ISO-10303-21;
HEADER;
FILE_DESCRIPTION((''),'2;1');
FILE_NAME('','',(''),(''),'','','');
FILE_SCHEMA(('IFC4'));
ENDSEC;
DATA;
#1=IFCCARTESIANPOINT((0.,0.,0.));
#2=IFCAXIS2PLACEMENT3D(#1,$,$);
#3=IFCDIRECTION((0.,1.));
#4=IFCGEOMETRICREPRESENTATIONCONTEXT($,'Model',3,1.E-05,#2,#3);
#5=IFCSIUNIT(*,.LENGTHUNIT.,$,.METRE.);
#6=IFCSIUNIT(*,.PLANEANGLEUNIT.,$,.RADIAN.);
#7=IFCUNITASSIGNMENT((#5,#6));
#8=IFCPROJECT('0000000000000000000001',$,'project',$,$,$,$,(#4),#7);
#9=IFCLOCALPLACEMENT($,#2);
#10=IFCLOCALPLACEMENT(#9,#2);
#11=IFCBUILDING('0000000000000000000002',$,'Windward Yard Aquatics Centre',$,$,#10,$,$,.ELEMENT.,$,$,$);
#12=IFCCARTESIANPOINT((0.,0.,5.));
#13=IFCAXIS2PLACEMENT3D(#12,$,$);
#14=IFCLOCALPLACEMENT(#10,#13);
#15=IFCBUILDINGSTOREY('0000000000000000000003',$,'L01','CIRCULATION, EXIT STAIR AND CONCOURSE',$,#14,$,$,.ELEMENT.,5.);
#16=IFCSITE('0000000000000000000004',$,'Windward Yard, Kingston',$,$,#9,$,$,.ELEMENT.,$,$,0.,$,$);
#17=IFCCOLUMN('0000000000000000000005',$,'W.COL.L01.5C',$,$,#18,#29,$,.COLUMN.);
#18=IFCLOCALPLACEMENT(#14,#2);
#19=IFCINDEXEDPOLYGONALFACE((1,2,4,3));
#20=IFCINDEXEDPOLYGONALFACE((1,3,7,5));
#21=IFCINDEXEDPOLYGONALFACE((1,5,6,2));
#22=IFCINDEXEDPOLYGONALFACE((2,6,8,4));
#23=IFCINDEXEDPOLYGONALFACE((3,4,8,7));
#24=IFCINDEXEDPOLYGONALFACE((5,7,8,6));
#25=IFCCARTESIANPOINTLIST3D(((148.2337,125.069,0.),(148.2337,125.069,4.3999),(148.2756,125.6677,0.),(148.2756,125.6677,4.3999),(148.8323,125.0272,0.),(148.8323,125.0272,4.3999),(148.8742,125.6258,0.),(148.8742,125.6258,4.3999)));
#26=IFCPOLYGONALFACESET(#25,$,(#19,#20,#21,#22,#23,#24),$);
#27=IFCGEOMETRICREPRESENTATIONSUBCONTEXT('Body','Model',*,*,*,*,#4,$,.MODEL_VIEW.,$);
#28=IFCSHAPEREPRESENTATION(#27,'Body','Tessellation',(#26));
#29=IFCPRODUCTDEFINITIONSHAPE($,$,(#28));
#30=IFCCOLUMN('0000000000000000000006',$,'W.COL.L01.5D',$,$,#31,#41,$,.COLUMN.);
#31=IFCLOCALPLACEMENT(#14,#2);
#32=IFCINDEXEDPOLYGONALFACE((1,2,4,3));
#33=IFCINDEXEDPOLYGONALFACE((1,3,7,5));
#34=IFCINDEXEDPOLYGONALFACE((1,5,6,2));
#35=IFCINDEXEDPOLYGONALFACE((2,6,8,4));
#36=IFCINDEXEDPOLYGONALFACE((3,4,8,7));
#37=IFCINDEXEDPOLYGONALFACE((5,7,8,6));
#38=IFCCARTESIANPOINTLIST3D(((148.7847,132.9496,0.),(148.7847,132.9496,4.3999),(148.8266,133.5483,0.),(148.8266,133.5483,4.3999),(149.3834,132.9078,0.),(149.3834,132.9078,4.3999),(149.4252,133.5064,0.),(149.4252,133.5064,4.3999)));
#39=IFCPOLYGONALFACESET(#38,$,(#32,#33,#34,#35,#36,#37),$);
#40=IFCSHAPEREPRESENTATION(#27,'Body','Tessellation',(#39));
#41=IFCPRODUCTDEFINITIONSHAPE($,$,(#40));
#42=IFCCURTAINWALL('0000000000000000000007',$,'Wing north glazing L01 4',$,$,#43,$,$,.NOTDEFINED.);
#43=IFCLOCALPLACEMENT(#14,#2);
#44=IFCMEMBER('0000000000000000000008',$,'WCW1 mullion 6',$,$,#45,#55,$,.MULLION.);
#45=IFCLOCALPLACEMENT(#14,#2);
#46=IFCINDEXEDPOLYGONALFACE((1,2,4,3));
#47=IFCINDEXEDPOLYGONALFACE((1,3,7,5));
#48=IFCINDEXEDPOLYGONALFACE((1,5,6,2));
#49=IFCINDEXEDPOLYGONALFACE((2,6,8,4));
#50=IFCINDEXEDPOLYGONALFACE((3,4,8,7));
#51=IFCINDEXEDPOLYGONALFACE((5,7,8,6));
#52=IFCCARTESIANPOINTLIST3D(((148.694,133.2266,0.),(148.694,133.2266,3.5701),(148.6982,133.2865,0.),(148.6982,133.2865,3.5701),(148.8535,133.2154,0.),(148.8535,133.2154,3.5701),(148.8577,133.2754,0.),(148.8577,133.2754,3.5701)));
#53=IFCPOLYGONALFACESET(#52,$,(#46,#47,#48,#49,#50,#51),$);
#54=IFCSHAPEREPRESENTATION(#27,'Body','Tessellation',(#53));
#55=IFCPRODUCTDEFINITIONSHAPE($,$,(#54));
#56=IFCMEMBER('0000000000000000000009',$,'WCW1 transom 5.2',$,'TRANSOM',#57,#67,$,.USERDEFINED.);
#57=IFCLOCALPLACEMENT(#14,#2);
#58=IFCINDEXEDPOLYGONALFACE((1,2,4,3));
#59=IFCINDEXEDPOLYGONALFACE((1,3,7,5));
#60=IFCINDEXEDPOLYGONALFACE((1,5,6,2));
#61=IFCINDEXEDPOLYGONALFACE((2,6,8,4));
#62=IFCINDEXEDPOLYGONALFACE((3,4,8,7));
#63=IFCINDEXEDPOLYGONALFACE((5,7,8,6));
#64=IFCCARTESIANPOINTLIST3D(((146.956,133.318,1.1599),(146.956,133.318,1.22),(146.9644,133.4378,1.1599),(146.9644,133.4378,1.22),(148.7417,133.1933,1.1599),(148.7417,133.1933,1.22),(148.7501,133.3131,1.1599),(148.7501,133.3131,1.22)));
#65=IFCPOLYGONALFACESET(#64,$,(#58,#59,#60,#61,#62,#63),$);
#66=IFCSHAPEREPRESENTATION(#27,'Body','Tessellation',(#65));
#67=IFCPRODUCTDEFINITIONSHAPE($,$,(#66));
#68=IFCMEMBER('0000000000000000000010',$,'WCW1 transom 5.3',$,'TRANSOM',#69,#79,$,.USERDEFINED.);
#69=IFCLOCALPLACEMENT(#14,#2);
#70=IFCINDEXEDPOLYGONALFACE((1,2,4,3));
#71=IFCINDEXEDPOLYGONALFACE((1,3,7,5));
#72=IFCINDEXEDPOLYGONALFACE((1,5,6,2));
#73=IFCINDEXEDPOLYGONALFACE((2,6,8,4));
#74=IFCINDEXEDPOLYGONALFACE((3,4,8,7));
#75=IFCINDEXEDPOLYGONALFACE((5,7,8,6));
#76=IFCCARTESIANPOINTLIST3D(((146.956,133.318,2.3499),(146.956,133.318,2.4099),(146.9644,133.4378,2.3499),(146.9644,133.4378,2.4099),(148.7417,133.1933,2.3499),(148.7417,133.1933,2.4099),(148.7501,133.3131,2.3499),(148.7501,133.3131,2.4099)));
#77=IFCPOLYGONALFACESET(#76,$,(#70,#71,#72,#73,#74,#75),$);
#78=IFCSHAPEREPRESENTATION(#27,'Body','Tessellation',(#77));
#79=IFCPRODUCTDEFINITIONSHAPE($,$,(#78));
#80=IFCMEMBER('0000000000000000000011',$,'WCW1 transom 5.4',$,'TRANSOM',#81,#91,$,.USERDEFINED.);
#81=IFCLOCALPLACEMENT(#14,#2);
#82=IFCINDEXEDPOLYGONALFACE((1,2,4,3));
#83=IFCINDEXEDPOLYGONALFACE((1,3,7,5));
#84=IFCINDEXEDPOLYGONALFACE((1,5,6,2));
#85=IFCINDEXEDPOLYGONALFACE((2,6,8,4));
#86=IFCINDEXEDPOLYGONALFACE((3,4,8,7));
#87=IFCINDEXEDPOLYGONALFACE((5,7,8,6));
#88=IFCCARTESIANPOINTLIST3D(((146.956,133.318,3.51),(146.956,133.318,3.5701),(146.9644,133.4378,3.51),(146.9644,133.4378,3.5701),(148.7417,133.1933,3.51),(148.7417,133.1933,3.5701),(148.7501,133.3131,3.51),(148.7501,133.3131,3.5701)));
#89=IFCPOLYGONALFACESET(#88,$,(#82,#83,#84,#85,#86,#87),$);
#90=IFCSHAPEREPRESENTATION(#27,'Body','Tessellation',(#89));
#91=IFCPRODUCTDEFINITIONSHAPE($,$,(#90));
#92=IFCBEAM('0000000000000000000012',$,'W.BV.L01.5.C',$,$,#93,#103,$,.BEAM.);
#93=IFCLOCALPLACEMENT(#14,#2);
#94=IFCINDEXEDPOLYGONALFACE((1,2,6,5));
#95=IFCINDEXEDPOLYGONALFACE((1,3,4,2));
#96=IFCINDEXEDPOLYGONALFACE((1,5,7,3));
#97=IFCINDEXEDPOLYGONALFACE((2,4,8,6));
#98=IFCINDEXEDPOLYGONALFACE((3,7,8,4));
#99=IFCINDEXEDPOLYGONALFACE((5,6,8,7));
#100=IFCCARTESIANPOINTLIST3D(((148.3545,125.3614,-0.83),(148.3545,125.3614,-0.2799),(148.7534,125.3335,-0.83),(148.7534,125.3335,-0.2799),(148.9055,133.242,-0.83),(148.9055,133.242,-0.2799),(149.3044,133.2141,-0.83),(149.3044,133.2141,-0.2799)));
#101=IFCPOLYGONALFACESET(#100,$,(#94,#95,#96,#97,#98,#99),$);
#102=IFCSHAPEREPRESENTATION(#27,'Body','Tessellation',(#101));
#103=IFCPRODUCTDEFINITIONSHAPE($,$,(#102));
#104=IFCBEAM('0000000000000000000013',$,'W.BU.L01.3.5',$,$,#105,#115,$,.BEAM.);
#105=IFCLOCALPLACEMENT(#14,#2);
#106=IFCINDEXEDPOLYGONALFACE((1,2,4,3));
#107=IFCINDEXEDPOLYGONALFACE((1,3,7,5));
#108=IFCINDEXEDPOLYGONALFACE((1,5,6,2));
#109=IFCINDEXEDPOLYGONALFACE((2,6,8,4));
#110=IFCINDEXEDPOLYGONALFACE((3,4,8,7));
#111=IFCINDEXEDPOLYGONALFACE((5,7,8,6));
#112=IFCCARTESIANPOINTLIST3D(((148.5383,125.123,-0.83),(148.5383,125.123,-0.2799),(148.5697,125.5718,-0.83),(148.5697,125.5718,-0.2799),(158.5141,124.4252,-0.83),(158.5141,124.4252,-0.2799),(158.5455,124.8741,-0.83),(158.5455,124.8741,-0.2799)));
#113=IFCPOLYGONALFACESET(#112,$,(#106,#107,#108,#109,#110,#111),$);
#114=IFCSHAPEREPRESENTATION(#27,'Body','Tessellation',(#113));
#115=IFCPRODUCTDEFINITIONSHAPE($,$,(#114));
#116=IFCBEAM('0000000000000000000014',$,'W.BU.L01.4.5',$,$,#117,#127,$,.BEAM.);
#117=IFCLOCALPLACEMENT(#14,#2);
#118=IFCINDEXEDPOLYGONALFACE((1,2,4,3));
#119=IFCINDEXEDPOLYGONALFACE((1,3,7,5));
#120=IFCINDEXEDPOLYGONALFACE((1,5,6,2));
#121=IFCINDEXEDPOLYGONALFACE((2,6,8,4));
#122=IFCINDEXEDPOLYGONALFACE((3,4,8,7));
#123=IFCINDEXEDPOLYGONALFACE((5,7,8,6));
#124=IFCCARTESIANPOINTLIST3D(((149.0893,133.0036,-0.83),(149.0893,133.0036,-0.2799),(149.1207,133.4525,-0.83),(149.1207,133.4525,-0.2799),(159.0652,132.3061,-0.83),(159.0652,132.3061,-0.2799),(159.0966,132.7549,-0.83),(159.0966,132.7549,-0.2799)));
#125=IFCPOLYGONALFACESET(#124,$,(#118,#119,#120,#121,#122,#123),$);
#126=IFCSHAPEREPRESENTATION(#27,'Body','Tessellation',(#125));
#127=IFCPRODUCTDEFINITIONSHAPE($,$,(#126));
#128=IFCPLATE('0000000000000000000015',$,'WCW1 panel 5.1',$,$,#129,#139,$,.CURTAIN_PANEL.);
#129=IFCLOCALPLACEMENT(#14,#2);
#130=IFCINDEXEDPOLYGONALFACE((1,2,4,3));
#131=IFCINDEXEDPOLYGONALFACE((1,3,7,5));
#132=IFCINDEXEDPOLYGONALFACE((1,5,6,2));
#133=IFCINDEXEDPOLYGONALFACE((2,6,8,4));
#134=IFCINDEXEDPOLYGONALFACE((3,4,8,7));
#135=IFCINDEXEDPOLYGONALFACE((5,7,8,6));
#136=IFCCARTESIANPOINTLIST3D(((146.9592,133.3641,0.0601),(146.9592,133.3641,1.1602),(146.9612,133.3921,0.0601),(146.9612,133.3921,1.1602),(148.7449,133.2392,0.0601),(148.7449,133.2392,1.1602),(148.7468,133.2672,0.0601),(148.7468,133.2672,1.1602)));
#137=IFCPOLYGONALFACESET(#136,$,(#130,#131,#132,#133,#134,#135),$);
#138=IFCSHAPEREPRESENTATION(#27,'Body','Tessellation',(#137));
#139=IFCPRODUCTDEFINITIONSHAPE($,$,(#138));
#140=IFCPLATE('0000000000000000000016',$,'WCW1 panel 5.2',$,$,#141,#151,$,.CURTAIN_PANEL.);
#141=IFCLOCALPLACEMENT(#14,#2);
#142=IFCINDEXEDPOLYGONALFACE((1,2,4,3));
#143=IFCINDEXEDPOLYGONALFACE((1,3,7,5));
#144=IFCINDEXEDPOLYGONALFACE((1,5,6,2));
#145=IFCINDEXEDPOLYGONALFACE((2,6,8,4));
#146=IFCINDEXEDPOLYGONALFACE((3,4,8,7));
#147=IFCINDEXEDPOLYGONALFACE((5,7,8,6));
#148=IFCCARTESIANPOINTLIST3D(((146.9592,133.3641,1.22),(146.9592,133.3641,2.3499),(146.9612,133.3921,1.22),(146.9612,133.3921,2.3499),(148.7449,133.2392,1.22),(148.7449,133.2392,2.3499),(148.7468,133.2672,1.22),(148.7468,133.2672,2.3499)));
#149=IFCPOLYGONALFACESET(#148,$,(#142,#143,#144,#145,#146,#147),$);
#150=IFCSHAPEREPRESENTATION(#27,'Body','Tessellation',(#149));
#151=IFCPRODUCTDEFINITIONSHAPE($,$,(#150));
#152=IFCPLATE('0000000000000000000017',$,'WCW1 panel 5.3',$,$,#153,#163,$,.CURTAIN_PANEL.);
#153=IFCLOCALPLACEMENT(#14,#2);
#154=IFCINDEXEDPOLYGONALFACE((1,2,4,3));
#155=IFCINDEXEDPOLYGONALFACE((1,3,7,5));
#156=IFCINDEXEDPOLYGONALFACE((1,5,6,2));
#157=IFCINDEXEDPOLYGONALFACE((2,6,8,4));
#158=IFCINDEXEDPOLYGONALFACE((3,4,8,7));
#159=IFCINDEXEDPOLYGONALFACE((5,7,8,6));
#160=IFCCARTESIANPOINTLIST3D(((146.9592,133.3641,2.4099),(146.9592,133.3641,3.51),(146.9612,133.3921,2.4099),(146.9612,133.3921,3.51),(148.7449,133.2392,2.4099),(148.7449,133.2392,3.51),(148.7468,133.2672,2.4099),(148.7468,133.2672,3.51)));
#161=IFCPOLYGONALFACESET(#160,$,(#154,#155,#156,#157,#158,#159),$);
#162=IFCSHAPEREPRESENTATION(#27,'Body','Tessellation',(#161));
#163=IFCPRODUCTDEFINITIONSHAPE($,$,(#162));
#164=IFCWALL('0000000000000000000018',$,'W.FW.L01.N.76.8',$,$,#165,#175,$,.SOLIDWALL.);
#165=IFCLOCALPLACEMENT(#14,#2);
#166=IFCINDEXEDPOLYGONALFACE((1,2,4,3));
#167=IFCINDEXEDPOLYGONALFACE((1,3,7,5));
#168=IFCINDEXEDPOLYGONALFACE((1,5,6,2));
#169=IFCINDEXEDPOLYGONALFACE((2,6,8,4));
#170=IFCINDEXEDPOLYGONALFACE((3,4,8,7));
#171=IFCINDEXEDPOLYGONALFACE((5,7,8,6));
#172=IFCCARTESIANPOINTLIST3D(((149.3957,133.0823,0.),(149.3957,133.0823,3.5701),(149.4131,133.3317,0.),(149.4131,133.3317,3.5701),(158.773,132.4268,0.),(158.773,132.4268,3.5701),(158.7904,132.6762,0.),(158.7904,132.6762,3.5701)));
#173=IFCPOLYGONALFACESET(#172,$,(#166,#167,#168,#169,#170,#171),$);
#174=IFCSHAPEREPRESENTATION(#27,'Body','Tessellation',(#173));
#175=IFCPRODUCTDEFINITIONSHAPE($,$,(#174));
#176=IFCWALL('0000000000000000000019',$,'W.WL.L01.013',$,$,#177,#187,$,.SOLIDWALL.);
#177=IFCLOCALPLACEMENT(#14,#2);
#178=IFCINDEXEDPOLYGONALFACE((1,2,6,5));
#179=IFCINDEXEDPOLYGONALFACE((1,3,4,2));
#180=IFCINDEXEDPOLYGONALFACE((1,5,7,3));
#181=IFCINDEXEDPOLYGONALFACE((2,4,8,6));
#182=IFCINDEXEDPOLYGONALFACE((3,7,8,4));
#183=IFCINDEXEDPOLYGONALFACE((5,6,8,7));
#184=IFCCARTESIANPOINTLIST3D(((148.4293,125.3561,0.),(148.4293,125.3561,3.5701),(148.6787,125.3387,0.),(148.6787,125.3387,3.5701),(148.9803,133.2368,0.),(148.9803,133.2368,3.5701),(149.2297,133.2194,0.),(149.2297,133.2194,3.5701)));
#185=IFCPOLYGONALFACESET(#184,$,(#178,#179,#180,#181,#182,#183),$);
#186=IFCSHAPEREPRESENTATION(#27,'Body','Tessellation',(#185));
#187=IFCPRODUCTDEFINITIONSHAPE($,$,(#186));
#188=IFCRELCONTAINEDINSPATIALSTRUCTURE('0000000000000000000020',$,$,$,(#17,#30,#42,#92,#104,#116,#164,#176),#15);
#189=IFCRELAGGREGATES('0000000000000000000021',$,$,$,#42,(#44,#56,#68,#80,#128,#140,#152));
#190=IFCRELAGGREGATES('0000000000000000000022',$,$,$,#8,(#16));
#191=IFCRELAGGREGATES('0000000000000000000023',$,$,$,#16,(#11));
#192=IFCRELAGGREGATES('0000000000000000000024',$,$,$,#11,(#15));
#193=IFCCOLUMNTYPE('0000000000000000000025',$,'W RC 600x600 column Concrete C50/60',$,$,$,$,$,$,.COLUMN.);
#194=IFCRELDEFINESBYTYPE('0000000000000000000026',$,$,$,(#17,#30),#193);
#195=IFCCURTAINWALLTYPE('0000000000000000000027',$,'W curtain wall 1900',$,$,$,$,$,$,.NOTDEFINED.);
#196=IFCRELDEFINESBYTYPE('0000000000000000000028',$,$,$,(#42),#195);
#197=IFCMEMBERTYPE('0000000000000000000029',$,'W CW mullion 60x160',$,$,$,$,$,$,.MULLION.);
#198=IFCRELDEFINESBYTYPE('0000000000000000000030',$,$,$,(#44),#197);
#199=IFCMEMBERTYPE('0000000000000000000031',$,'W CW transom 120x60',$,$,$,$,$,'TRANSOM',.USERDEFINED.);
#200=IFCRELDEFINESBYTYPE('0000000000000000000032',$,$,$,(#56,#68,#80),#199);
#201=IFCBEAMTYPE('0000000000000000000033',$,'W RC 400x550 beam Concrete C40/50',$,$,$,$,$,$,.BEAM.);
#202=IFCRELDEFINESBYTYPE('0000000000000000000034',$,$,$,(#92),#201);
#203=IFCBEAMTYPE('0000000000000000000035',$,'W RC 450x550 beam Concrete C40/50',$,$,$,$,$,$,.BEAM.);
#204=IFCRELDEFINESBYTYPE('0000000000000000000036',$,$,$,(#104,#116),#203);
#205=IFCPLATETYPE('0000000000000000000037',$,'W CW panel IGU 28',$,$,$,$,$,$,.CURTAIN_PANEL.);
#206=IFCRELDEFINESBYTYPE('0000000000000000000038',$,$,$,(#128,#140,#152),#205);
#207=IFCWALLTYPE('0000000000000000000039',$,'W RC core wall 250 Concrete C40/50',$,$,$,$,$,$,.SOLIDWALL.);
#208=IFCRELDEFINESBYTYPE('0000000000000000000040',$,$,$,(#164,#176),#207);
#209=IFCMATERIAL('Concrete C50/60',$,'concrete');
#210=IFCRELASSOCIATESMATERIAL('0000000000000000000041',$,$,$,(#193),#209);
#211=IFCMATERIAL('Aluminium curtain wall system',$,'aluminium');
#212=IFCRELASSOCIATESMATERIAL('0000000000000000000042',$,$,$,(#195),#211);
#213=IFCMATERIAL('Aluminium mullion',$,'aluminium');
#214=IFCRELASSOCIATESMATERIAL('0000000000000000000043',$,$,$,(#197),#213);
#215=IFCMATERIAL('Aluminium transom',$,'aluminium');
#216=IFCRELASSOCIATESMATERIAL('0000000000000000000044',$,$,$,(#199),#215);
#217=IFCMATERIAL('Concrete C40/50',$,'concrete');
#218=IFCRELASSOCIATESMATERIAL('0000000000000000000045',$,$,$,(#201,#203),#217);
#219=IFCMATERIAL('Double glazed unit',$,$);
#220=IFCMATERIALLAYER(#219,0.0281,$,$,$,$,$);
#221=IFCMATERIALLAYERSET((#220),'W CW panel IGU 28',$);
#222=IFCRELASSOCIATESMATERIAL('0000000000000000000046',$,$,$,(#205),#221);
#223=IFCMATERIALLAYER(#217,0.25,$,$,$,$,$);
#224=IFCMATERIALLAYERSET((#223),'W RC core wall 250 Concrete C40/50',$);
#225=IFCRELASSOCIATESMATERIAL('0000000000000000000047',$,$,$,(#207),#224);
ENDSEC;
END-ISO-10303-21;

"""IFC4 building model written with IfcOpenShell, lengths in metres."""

from ifc_helpers import new_model, si_unit, direction, frame, frame_2d, origin, origin_2d, place, context, subcontext, project, spatial, rectangle, extrude, material, layer, layer_set, material_profile, profile_set, type_object, element, aggregate, save


model = new_model("IFC4")

# Units and contexts
model_context = context("Model", 3, precision=1e-05, world=origin(), true_north=direction((0.0, 1.0)))
body_context = subcontext(model_context, "Body", "Model", "MODEL_VIEW")
ifc_project = project(units=[si_unit("LENGTHUNIT", "METRE"), si_unit("PLANEANGLEUNIT", "RADIAN")], contexts=[model_context])

# Site, building, storey
site_placement = place(None, origin())
site = spatial("IfcSite", under=ifc_project, at=site_placement, Name="Windward Yard, Kingston", CompositionType="ELEMENT", RefElevation=0.0)
building_placement = place(site_placement, origin())
building = spatial("IfcBuilding", under=site, at=building_placement, Name="Windward Yard Aquatics Centre", CompositionType="ELEMENT")
storey_placement = place(building_placement, frame((0.0, 0.0, 5.0)))
storey = spatial("IfcBuildingStorey", under=building, at=storey_placement, Name="L01", Description="CIRCULATION, EXIT STAIR AND CONCOURSE", CompositionType="ELEMENT", Elevation=5.0)

# Columns
ifc_material_1 = material(Name="Concrete C50/60", Category="concrete")
ifc_material_profile_1 = material_profile(ifc_material_1, rectangle(XDim=0.6001, YDim=0.6001, at=origin_2d()), Name="RC 600x600")
ifc_profile_set_1 = profile_set([ifc_material_profile_1], Name="Concrete C50/60")
column_type = type_object("IfcColumnType", Name="W RC 600x600 column Concrete C50/60", PredefinedType="COLUMN", material=ifc_profile_set_1)
for number, where, z_axis, x_axis, name in (
    (1, (148.554, 125.3474, 0.0), (0.0, 0.0, 1.0), (0.997564, -0.069756, 0.0), "W.COL.L01.5C"),
    (2, (149.105, 133.228, 0.0), (0.0, 0.0, 1.0), (0.997564, -0.069756, 0.0), "W.COL.L01.5D"),
):
    element("IfcColumn", number, at=place(storey_placement, frame(where, z_axis=z_axis, x_axis=x_axis)), inside=storey, type_object=column_type, Name=name, PredefinedType="COLUMN", context=body_context, shape_type="SweptSolid", body=[
        extrude(rectangle(XDim=0.6001, YDim=0.6001, at=origin_2d()), origin(), (0.0, 0.0, 1.0), 4.3999),
    ])

# Curtain wall, members
ifc_material_2 = material(Name="Aluminium curtain wall system", Category="aluminium")
curtain_wall_type = type_object("IfcCurtainWallType", Name="W curtain wall 1900", PredefinedType="NOTDEFINED", material=ifc_material_2)
curtain_wall_placement = place(storey_placement, origin())
curtain_wall = element("IfcCurtainWall", 3, at=curtain_wall_placement, inside=storey, type_object=curtain_wall_type, Name="Wing north glazing L01 4", PredefinedType="NOTDEFINED")
ifc_material_3 = material(Name="Aluminium mullion", Category="aluminium")
ifc_material_profile_2 = material_profile(ifc_material_3, rectangle(XDim=0.0601, YDim=0.1599, at=origin_2d()), Name="AL 60x160")
ifc_profile_set_2 = profile_set([ifc_material_profile_2], Name="Aluminium mullion")
member_type_1 = type_object("IfcMemberType", Name="W CW mullion 60x160", PredefinedType="MULLION", material=ifc_profile_set_2)
member_1_placement = place(storey_placement, frame((148.7759, 133.251, 0.0), z_axis=(0.0, 0.0, 1.0), x_axis=(0.069755, 0.997564, 0.0)))
member_1 = element("IfcMember", 4, at=member_1_placement, type_object=member_type_1, Name="WCW1 mullion 6", PredefinedType="MULLION", context=body_context, shape_type="SweptSolid", body=[
    extrude(rectangle(XDim=0.0601, YDim=0.1599, at=origin_2d()), origin(), (0.0, 0.0, 1.0), 3.5701),
])
ifc_material_4 = material(Name="Aluminium transom", Category="aluminium")
ifc_material_profile_3 = material_profile(ifc_material_4, rectangle(XDim=0.1201, YDim=0.0601, at=origin_2d()), Name="AL 120x60")
ifc_profile_set_3 = profile_set([ifc_material_profile_3], Name="Aluminium transom")
member_type_2 = type_object("IfcMemberType", Name="W CW transom 120x60", ElementType="TRANSOM", PredefinedType="USERDEFINED", material=ifc_profile_set_3)
member_2_placement = place(storey_placement, frame((146.9602, 133.3779, 1.1899), z_axis=(0.997568, -0.069696, 0.0), x_axis=(0.069696, 0.997568, 0.0)))
member_2 = element("IfcMember", 5, at=member_2_placement, type_object=member_type_2, Name="WCW1 transom 5.2", ObjectType="TRANSOM", PredefinedType="USERDEFINED", context=body_context, shape_type="SweptSolid", body=[
    extrude(rectangle(XDim=0.1201, YDim=0.0601, at=origin_2d()), origin(), (0.0, 0.0, 1.0), 1.79),
])
member_3_placement = place(storey_placement, frame((146.9602, 133.3779, 2.3799), z_axis=(0.997568, -0.069696, 0.0), x_axis=(0.069696, 0.997568, 0.0)))
member_3 = element("IfcMember", 6, at=member_3_placement, type_object=member_type_2, Name="WCW1 transom 5.3", ObjectType="TRANSOM", PredefinedType="USERDEFINED", context=body_context, shape_type="SweptSolid", body=[
    extrude(rectangle(XDim=0.1201, YDim=0.0601, at=origin_2d()), origin(), (0.0, 0.0, 1.0), 1.79),
])
member_4_placement = place(storey_placement, frame((146.9602, 133.3779, 3.54), z_axis=(0.997568, -0.069696, 0.0), x_axis=(0.069696, 0.997568, 0.0)))
member_4 = element("IfcMember", 7, at=member_4_placement, type_object=member_type_2, Name="WCW1 transom 5.4", ObjectType="TRANSOM", PredefinedType="USERDEFINED", context=body_context, shape_type="SweptSolid", body=[
    extrude(rectangle(XDim=0.1201, YDim=0.0601, at=origin_2d()), origin(), (0.0, 0.0, 1.0), 1.79),
])

# Beams
ifc_material_5 = material(Name="Concrete C40/50", Category="concrete")
ifc_material_profile_4 = material_profile(ifc_material_5, rectangle(XDim=0.3999, YDim=0.55, at=origin_2d()), Name="RC 400x550")
ifc_profile_set_4 = profile_set([ifc_material_profile_4], Name="Concrete C40/50")
beam_type_1 = type_object("IfcBeamType", Name="W RC 400x550 beam Concrete C40/50", PredefinedType="BEAM", material=ifc_profile_set_4)
beam_placement = place(storey_placement, frame((148.554, 125.3474, -0.5549), z_axis=(0.069751, 0.997564, 0.0), x_axis=(-0.997564, 0.069751, 0.0)))
element("IfcBeam", 8, at=beam_placement, inside=storey, type_object=beam_type_1, Name="W.BV.L01.5.C", PredefinedType="BEAM", context=body_context, shape_type="SweptSolid", body=[
    extrude(rectangle(XDim=0.3999, YDim=0.55, at=origin_2d()), origin(), (0.0, 0.0, 1.0), 7.8999),
])
ifc_material_profile_5 = material_profile(ifc_material_5, rectangle(XDim=0.45, YDim=0.55, at=origin_2d()), Name="RC 450x550")
ifc_profile_set_5 = profile_set([ifc_material_profile_5], Name="Concrete C40/50")
beam_type_2 = type_object("IfcBeamType", Name="W RC 450x550 beam Concrete C40/50", PredefinedType="BEAM", material=ifc_profile_set_5)
for number, where, z_axis, x_axis, name in (
    (9, (148.554, 125.3474, -0.5549), (0.997563, -0.069774, 0.0), (0.069774, 0.997563, 0.0), "W.BU.L01.3.5"),
    (10, (149.105, 133.228, -0.5549), (0.997565, -0.06975, 0.0), (0.06975, 0.997565, 0.0), "W.BU.L01.4.5"),
):
    element("IfcBeam", number, at=place(storey_placement, frame(where, z_axis=z_axis, x_axis=x_axis)), inside=storey, type_object=beam_type_2, Name=name, PredefinedType="BEAM", context=body_context, shape_type="SweptSolid", body=[
        extrude(rectangle(XDim=0.45, YDim=0.55, at=origin_2d()), origin(), (0.0, 0.0, 1.0), 10.0002),
    ])

# Plates
ifc_material_6 = material(Name="Double glazed unit")
ifc_layer_1 = layer(ifc_material_6, 0.0281)
ifc_layer_set_1 = layer_set([ifc_layer_1], Name="W CW panel IGU 28")
plate_type = type_object("IfcPlateType", Name="W CW panel IGU 28", PredefinedType="CURTAIN_PANEL", material=ifc_layer_set_1)
plate_1_placement = place(storey_placement, frame((147.853, 133.3157, 0.0601), z_axis=(0.0, 0.0, 1.0), x_axis=(0.997564, -0.069755, 0.0)))
plate_1 = element("IfcPlate", 11, at=plate_1_placement, type_object=plate_type, Name="WCW1 panel 5.1", PredefinedType="CURTAIN_PANEL", context=body_context, shape_type="SweptSolid", body=[
    extrude(rectangle(XDim=1.79, YDim=0.0281, at=origin_2d()), origin(), (0.0, 0.0, 1.0), 1.1001),
])
plate_2_placement = place(storey_placement, frame((147.853, 133.3157, 1.22), z_axis=(0.0, 0.0, 1.0), x_axis=(0.997564, -0.069755, 0.0)))
plate_2 = element("IfcPlate", 12, at=plate_2_placement, type_object=plate_type, Name="WCW1 panel 5.2", PredefinedType="CURTAIN_PANEL", context=body_context, shape_type="SweptSolid", body=[
    extrude(rectangle(XDim=1.79, YDim=0.0281, at=origin_2d()), origin(), (0.0, 0.0, 1.0), 1.1299),
])
plate_3_placement = place(storey_placement, frame((147.853, 133.3157, 2.4099), z_axis=(0.0, 0.0, 1.0), x_axis=(0.997564, -0.069755, 0.0)))
plate_3 = element("IfcPlate", 13, at=plate_3_placement, type_object=plate_type, Name="WCW1 panel 5.3", PredefinedType="CURTAIN_PANEL", context=body_context, shape_type="SweptSolid", body=[
    extrude(rectangle(XDim=1.79, YDim=0.0281, at=origin_2d()), origin(), (0.0, 0.0, 1.0), 1.1001),
])
aggregate(curtain_wall, [member_1, member_2, member_3, member_4, plate_1, plate_2, plate_3])

# Walls
ifc_layer_2 = layer(ifc_material_5, 0.25)
ifc_layer_set_2 = layer_set([ifc_layer_2], Name="W RC core wall 250 Concrete C40/50")
wall_type = type_object("IfcWallType", Name="W RC core wall 250 Concrete C40/50", PredefinedType="SOLIDWALL", material=ifc_layer_set_2)
wall_1_placement = place(storey_placement, frame((149.4043, 133.207, 0.0), z_axis=(0.0, 0.0, 1.0), x_axis=(0.997566, -0.069735, 0.0)))
element("IfcWall", 14, at=wall_1_placement, inside=storey, type_object=wall_type, Name="W.FW.L01.N.76.8", PredefinedType="SOLIDWALL", context=body_context, shape_type="SweptSolid", body=[
    extrude(rectangle(XDim=9.4001, YDim=0.25, at=frame_2d((4.7002, 0.0))), origin(), (0.0, 0.0, 1.0), 3.5701),
])
wall_2_placement = place(storey_placement, frame((148.554, 125.3474, 0.0), z_axis=(0.0, 0.0, 1.0), x_axis=(0.069751, 0.997564, 0.0)))
element("IfcWall", 15, at=wall_2_placement, inside=storey, type_object=wall_type, Name="W.WL.L01.013", PredefinedType="SOLIDWALL", context=body_context, shape_type="SweptSolid", body=[
    extrude(rectangle(XDim=7.8999, YDim=0.25, at=frame_2d((3.95, 0.0))), origin(), (0.0, 0.0, 1.0), 3.5701),
])

save(model, "model.ifc")
